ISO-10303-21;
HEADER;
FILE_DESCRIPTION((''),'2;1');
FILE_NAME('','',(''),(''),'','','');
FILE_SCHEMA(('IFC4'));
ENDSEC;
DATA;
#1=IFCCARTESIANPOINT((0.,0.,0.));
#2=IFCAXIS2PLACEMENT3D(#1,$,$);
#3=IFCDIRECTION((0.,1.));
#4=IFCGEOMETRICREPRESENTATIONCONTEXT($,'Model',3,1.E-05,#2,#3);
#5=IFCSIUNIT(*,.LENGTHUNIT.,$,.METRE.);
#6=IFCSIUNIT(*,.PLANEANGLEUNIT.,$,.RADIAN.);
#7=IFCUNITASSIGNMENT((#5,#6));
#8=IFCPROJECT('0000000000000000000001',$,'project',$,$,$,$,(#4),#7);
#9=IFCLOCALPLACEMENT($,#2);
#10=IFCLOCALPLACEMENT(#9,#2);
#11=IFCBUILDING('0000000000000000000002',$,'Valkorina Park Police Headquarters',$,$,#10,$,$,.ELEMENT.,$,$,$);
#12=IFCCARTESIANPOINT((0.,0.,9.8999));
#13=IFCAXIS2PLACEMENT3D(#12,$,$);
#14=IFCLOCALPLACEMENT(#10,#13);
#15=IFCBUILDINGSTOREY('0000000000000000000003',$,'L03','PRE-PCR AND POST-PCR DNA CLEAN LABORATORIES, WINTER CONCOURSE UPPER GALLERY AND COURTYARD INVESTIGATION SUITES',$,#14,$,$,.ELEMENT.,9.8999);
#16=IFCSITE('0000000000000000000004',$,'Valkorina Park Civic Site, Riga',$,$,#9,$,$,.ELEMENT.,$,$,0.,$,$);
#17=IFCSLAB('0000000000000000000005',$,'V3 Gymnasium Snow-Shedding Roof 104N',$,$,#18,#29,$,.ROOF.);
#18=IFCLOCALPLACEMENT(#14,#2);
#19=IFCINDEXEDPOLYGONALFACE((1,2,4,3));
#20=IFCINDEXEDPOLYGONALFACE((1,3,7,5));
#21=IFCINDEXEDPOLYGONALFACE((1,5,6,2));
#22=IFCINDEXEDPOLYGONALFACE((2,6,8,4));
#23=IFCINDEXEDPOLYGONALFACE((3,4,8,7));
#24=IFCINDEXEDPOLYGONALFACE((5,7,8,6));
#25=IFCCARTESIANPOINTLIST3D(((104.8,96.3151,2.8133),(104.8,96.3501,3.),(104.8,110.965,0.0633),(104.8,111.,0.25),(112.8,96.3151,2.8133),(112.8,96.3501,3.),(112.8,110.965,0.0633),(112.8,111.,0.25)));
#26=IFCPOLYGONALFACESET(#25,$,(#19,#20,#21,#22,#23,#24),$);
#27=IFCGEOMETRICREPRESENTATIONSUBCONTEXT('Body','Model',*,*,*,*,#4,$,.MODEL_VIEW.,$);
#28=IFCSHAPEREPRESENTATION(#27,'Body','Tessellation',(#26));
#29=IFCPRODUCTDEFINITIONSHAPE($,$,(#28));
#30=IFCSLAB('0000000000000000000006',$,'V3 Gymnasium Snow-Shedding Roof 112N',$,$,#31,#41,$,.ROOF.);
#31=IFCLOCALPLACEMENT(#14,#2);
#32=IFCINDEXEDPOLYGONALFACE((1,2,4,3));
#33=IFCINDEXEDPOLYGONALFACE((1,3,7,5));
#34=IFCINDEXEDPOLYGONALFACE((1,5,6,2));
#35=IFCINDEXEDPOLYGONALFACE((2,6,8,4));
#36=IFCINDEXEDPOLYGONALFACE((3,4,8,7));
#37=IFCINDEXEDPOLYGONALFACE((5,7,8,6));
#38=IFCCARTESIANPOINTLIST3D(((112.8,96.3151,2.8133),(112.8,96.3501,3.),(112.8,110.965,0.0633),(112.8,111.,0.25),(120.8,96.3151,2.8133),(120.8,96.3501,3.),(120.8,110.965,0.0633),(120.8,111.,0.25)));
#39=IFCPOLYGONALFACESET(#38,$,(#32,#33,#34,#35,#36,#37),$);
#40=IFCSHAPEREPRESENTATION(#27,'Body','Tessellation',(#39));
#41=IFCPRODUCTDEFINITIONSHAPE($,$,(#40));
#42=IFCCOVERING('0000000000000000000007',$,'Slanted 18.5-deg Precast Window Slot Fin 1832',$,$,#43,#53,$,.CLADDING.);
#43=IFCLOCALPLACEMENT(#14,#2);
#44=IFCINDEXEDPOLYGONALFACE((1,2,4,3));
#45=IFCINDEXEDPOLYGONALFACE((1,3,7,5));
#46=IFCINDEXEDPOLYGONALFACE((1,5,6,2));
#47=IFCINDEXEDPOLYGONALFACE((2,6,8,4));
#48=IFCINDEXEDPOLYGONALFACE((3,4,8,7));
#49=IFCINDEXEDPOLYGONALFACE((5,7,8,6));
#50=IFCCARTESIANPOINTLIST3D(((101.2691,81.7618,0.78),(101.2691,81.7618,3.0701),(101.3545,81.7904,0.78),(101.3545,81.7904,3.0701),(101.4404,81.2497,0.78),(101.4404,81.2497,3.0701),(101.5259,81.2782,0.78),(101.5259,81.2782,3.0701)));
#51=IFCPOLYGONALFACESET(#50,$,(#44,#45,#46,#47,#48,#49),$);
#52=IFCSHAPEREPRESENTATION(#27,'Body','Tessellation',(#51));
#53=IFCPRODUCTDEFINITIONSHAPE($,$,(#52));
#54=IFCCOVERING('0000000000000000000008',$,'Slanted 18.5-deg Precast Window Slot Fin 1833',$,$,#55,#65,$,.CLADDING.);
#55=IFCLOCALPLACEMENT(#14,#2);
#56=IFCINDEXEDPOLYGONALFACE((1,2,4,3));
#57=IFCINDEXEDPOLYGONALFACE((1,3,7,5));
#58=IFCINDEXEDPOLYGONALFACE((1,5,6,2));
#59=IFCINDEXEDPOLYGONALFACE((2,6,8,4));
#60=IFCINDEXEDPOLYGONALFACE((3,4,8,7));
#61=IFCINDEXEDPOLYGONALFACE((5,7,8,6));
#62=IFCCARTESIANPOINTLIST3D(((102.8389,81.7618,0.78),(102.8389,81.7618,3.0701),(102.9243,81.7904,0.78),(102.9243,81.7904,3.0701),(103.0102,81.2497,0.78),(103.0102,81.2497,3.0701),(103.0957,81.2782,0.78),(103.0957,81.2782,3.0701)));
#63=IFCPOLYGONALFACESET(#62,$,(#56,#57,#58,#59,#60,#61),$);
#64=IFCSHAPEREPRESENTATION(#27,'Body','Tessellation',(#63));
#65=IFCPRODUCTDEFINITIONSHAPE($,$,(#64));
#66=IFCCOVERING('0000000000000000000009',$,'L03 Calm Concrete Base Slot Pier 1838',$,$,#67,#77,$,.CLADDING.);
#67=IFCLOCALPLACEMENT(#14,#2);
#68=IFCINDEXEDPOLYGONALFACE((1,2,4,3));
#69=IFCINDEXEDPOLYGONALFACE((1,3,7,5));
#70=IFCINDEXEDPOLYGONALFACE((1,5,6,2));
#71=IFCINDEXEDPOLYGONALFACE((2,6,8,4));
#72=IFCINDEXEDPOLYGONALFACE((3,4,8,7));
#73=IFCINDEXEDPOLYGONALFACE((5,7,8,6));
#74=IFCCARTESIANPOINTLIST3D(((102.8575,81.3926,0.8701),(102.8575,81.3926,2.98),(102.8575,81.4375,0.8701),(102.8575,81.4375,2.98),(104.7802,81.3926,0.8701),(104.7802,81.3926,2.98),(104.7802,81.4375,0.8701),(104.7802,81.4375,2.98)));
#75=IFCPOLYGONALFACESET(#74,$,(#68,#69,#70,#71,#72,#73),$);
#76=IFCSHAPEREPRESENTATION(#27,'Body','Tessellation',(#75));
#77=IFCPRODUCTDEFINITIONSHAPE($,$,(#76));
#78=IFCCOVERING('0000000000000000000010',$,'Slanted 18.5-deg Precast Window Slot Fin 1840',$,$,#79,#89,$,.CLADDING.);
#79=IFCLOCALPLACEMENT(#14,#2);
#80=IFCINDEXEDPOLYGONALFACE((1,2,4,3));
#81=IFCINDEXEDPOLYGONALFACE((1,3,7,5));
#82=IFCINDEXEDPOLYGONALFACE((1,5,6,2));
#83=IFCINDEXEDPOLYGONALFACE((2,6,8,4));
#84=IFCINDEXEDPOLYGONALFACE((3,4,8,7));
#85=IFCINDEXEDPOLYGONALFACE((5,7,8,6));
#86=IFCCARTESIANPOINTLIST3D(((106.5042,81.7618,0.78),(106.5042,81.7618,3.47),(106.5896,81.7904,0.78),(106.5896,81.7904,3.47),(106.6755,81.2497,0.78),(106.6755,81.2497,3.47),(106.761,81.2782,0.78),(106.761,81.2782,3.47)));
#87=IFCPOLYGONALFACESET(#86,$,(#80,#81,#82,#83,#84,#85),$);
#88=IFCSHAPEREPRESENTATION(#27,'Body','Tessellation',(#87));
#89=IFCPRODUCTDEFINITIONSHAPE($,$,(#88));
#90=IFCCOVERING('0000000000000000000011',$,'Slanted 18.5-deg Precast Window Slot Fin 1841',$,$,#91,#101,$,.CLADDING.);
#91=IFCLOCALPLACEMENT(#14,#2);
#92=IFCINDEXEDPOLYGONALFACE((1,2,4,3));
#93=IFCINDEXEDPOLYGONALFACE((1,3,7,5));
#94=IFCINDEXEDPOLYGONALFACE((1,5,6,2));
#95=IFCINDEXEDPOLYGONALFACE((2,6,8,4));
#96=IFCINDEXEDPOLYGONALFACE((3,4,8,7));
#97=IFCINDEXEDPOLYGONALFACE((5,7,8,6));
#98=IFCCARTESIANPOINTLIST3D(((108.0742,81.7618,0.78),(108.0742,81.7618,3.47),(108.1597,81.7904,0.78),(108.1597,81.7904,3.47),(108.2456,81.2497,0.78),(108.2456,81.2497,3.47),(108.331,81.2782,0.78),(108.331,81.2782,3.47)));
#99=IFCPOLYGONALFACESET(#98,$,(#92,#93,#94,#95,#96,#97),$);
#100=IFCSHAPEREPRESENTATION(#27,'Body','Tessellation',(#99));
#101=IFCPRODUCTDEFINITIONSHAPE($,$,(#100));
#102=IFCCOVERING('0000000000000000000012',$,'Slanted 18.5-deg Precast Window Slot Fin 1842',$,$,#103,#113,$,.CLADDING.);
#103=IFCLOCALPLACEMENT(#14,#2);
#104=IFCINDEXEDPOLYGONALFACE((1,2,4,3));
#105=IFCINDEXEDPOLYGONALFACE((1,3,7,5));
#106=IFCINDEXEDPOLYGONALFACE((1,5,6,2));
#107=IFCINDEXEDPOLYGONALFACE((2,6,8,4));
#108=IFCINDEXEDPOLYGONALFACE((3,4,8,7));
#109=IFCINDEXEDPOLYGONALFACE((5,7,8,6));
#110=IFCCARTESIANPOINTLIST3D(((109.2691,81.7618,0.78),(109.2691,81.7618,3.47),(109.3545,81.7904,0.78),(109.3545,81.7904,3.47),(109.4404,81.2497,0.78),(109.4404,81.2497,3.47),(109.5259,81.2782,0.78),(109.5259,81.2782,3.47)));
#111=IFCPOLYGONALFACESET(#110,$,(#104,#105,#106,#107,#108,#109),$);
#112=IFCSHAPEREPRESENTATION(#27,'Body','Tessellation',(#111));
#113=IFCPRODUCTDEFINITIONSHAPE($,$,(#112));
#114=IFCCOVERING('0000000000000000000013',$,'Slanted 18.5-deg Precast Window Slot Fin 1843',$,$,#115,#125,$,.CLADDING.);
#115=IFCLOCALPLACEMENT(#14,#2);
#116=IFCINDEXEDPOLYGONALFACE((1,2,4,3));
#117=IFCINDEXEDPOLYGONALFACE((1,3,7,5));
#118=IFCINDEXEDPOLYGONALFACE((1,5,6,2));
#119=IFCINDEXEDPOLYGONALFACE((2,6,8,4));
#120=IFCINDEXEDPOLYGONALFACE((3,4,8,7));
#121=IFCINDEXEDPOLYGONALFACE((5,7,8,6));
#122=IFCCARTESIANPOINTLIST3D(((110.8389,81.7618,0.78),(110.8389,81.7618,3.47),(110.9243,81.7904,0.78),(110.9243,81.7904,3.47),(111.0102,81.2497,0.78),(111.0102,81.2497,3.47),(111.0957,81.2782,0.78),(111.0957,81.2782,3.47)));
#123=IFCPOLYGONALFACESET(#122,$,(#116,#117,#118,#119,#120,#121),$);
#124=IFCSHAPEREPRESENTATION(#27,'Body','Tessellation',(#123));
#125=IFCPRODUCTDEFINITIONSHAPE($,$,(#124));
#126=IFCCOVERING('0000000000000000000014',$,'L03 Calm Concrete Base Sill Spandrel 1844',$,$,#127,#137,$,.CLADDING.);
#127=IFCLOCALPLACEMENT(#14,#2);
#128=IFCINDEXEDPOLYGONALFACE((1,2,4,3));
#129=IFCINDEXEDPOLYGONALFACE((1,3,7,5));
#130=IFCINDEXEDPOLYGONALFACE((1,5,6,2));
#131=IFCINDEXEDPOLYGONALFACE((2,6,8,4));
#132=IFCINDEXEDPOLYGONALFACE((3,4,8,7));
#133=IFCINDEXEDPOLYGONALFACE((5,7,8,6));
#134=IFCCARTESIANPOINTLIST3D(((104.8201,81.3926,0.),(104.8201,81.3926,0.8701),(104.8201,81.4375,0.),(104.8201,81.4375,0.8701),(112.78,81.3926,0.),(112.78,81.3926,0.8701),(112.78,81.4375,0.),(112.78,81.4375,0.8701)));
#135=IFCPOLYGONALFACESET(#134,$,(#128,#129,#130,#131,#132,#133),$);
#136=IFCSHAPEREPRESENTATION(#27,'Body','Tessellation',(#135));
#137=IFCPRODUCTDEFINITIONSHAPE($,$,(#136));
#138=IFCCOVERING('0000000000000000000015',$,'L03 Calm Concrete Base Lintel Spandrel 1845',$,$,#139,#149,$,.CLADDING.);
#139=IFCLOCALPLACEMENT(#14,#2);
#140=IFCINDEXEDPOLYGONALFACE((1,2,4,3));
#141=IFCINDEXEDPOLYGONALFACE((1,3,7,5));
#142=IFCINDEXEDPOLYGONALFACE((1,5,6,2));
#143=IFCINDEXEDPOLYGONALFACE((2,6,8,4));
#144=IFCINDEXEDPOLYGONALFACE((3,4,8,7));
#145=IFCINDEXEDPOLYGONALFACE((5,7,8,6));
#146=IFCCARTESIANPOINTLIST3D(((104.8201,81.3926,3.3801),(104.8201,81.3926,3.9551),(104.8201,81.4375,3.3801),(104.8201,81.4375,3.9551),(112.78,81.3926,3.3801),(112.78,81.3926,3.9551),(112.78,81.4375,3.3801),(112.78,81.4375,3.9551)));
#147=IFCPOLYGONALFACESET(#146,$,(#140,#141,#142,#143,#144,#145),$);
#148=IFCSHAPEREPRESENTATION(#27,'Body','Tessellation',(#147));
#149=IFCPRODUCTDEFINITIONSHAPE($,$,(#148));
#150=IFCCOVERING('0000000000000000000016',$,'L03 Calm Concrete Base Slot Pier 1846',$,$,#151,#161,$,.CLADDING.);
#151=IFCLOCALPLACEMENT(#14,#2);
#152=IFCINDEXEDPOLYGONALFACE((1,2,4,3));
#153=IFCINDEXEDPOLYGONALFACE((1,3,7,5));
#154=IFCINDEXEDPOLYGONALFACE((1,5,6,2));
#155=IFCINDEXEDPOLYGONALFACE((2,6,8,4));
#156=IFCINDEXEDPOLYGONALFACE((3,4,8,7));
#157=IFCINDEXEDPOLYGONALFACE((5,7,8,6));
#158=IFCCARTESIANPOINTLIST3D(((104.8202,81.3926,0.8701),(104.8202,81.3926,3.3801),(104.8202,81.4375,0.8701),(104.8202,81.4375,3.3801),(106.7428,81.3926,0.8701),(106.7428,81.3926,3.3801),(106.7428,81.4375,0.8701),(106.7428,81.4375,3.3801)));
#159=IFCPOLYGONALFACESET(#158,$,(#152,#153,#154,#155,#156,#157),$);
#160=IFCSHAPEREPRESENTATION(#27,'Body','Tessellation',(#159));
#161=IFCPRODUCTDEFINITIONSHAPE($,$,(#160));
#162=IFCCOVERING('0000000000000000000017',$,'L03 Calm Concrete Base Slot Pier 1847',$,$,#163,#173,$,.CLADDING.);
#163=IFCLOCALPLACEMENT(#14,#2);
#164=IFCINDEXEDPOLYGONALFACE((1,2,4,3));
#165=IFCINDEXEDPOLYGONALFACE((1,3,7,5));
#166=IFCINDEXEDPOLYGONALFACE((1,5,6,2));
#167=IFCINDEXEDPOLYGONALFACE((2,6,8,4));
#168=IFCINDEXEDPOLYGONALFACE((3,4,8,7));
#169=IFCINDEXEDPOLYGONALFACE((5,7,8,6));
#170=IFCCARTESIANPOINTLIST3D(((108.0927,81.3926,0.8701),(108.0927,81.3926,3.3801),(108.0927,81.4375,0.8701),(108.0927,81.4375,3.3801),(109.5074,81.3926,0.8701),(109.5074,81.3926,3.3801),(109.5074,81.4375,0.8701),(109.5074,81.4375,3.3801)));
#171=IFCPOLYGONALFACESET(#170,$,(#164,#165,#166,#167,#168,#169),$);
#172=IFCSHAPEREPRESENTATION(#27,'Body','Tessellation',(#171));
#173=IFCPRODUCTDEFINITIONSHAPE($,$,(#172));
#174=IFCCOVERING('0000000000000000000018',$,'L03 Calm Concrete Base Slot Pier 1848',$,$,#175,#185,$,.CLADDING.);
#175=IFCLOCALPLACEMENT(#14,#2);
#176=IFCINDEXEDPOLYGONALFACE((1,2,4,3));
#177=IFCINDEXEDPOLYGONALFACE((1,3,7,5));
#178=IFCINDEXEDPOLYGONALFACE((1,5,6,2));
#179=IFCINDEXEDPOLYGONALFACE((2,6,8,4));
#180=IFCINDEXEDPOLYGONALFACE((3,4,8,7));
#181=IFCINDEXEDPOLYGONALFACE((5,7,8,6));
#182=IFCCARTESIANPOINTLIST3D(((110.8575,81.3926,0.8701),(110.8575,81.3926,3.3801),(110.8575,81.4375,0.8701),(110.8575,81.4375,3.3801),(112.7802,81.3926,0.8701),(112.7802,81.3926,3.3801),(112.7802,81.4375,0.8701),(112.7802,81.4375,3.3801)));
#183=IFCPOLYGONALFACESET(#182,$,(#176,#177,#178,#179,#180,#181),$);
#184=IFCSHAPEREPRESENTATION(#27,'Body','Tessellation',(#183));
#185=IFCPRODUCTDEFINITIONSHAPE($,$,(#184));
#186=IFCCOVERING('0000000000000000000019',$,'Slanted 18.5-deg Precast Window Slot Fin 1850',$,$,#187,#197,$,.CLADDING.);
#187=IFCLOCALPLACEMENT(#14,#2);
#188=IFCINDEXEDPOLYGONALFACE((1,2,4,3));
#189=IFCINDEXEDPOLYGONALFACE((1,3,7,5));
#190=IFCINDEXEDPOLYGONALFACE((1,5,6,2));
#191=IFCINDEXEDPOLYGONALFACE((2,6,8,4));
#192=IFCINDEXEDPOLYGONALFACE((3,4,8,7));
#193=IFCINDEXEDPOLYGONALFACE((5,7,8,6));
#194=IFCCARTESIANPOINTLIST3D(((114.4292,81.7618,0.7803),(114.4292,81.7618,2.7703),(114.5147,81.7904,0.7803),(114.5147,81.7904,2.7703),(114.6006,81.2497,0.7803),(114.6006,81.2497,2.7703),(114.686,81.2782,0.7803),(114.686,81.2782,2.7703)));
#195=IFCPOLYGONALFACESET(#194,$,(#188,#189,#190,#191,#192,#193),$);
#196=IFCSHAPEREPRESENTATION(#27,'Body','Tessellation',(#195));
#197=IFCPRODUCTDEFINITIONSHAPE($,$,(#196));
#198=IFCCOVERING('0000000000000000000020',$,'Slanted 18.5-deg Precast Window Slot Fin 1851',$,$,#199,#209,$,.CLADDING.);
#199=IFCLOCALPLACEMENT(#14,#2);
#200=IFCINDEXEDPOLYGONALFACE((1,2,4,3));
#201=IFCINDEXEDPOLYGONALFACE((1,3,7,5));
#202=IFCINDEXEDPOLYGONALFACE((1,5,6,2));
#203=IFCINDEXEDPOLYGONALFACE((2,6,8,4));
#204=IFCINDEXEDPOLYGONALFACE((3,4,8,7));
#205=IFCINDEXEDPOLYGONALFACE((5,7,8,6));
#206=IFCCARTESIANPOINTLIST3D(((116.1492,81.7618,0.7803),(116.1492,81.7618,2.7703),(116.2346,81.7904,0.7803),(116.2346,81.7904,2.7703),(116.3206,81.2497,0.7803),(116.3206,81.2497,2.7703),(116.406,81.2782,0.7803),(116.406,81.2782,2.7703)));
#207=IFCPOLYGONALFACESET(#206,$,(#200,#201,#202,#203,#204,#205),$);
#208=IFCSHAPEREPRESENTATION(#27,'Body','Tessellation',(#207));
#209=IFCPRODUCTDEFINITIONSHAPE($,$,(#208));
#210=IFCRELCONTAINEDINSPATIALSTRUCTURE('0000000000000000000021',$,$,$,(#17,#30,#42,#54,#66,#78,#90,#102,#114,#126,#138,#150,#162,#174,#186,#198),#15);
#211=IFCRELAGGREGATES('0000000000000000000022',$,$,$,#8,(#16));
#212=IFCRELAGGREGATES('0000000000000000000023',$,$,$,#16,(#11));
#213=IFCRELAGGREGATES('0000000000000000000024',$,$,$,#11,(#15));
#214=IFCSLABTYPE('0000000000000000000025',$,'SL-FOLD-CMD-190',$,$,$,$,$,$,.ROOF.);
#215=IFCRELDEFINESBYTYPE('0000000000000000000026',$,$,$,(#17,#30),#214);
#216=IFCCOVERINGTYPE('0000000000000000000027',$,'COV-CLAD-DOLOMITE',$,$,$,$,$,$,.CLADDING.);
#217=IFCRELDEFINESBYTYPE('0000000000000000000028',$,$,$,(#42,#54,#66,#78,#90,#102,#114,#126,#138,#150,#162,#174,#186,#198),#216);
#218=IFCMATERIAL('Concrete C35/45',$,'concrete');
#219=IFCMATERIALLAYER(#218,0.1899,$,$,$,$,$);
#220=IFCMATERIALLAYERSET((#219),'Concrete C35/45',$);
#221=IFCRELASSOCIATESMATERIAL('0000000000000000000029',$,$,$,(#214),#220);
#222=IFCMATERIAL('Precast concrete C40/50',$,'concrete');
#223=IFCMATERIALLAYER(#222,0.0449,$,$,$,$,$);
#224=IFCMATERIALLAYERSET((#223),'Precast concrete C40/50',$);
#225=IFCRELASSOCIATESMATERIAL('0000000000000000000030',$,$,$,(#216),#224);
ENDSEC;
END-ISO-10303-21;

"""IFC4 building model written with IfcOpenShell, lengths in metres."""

from ifc_helpers import new_model, si_unit, direction, frame, frame_2d, origin, origin_2d, place, context, subcontext, project, spatial, polyline, rectangle, outline, extrude, material, layer, layer_set, type_object, element, save


model = new_model("IFC4")

# Units and contexts
model_context = context("Model", 3, precision=1e-05, world=origin(), true_north=direction((0.0, 1.0)))
body_context = subcontext(model_context, "Body", "Model", "MODEL_VIEW")
ifc_project = project(units=[si_unit("LENGTHUNIT", "METRE"), si_unit("PLANEANGLEUNIT", "RADIAN")], contexts=[model_context])

# Site, building, storey
site_placement = place(None, origin())
site = spatial("IfcSite", under=ifc_project, at=site_placement, Name="Valkorina Park Civic Site, Riga", CompositionType="ELEMENT", RefElevation=0.0)
building_placement = place(site_placement, origin())
building = spatial("IfcBuilding", under=site, at=building_placement, Name="Valkorina Park Police Headquarters", CompositionType="ELEMENT")
storey_placement = place(building_placement, frame((0.0, 0.0, 9.8999)))
storey = spatial("IfcBuildingStorey", under=building, at=storey_placement, Name="L03", Description="PRE-PCR AND POST-PCR DNA CLEAN LABORATORIES, WINTER CONCOURSE UPPER GALLERY AND COURTYARD INVESTIGATION SUITES", CompositionType="ELEMENT", Elevation=9.8999)

# Slabs
ifc_material_1 = material(Name="Concrete C35/45", Category="concrete")
ifc_layer_1 = layer(ifc_material_1, 0.1899)
ifc_layer_set_1 = layer_set([ifc_layer_1], Name="Concrete C35/45")
slab_type = type_object("IfcSlabType", Name="SL-FOLD-CMD-190", PredefinedType="ROOF", material=ifc_layer_set_1)
for number, where, z_axis, x_axis, name in (
    (1, (104.8, 96.3501, 3.0), (0.0, 0.184492, 0.982834), (1.0, 0.0, 0.0), "V3 Gymnasium Snow-Shedding Roof 104N"),
    (2, (112.8, 96.3501, 3.0), (0.0, 0.184492, 0.982834), (1.0, 0.0, 0.0), "V3 Gymnasium Snow-Shedding Roof 112N"),
):
    element("IfcSlab", number, at=place(storey_placement, frame(where, z_axis=z_axis, x_axis=x_axis)), inside=storey, type_object=slab_type, Name=name, PredefinedType="ROOF", context=body_context, shape_type="SweptSolid", body=[
        extrude(outline(polyline([(0.0, 0.0), (8.0, 0.0), (8.0, 14.9058), (0.0, 14.9058), (0.0, 0.0)])), origin(), (0.0, 0.0, -1.0), 0.1899),
    ])

# Coverings
ifc_material_2 = material(Name="Precast concrete C40/50", Category="concrete")
ifc_layer_2 = layer(ifc_material_2, 0.0449)
ifc_layer_set_2 = layer_set([ifc_layer_2], Name="Precast concrete C40/50")
covering_type = type_object("IfcCoveringType", Name="COV-CLAD-DOLOMITE", PredefinedType="CLADDING", material=ifc_layer_set_2)
for number, where, z_axis, x_axis, name in (
    (3, (101.3975, 81.52, 0.78), (0.0, 0.0, 1.0), (-0.317305, 0.948324, 0.0), "Slanted 18.5-deg Precast Window Slot Fin 1832"),
    (4, (102.9673, 81.52, 0.78), (0.0, 0.0, 1.0), (-0.317305, 0.948324, 0.0), "Slanted 18.5-deg Precast Window Slot Fin 1833"),
):
    element("IfcCovering", number, at=place(storey_placement, frame(where, z_axis=z_axis, x_axis=x_axis)), inside=storey, type_object=covering_type, Name=name, PredefinedType="CLADDING", context=body_context, shape_type="SweptSolid", body=[
        extrude(rectangle(XDim=0.54, YDim=0.0901, at=origin_2d()), origin(), (0.0, 0.0, 1.0), 2.29),
    ])
covering_1_placement = place(storey_placement, frame((102.8574, 81.415, 0.8701), z_axis=(0.0, 0.0, 1.0), x_axis=(1.0, 0.0, 0.0)))
element("IfcCovering", 5, at=covering_1_placement, inside=storey, type_object=covering_type, Name="L03 Calm Concrete Base Slot Pier 1838", PredefinedType="CLADDING", context=body_context, shape_type="SweptSolid", body=[
    extrude(rectangle(XDim=1.9226, YDim=0.0449, at=frame_2d((0.9614, 0.0))), origin(), (0.0, 0.0, 1.0), 2.1099),
])
for number, where, z_axis, x_axis, name in (
    (6, (106.6326, 81.52, 0.78), (0.0, 0.0, 1.0), (-0.317305, 0.948324, 0.0), "Slanted 18.5-deg Precast Window Slot Fin 1840"),
    (7, (108.2026, 81.52, 0.78), (0.0, 0.0, 1.0), (-0.317305, 0.948324, 0.0), "Slanted 18.5-deg Precast Window Slot Fin 1841"),
    (8, (109.3975, 81.52, 0.78), (0.0, 0.0, 1.0), (-0.317305, 0.948324, 0.0), "Slanted 18.5-deg Precast Window Slot Fin 1842"),
    (9, (110.9673, 81.52, 0.78), (0.0, 0.0, 1.0), (-0.317305, 0.948324, 0.0), "Slanted 18.5-deg Precast Window Slot Fin 1843"),
):
    element("IfcCovering", number, at=place(storey_placement, frame(where, z_axis=z_axis, x_axis=x_axis)), inside=storey, type_object=covering_type, Name=name, PredefinedType="CLADDING", context=body_context, shape_type="SweptSolid", body=[
        extrude(rectangle(XDim=0.54, YDim=0.0901, at=origin_2d()), origin(), (0.0, 0.0, 1.0), 2.6899),
    ])
covering_2_placement = place(storey_placement, frame((104.8201, 81.415, 0.0), z_axis=(0.0, 0.0, 1.0), x_axis=(1.0, 0.0, 0.0)))
element("IfcCovering", 10, at=covering_2_placement, inside=storey, type_object=covering_type, Name="L03 Calm Concrete Base Sill Spandrel 1844", PredefinedType="CLADDING", context=body_context, shape_type="SweptSolid", body=[
    extrude(rectangle(XDim=7.96, YDim=0.0449, at=frame_2d((3.98, 0.0))), origin(), (0.0, 0.0, 1.0), 0.8701),
])
covering_3_placement = place(storey_placement, frame((104.8201, 81.415, 3.3801), z_axis=(0.0, 0.0, 1.0), x_axis=(1.0, 0.0, 0.0)))
element("IfcCovering", 11, at=covering_3_placement, inside=storey, type_object=covering_type, Name="L03 Calm Concrete Base Lintel Spandrel 1845", PredefinedType="CLADDING", context=body_context, shape_type="SweptSolid", body=[
    extrude(rectangle(XDim=7.96, YDim=0.0449, at=frame_2d((3.98, 0.0))), origin(), (0.0, 0.0, 1.0), 0.575),
])
covering_4_placement = place(storey_placement, frame((104.8201, 81.415, 0.8701), z_axis=(0.0, 0.0, 1.0), x_axis=(1.0, 0.0, 0.0)))
element("IfcCovering", 12, at=covering_4_placement, inside=storey, type_object=covering_type, Name="L03 Calm Concrete Base Slot Pier 1846", PredefinedType="CLADDING", context=body_context, shape_type="SweptSolid", body=[
    extrude(rectangle(XDim=1.9226, YDim=0.0449, at=frame_2d((0.9614, 0.0))), origin(), (0.0, 0.0, 1.0), 2.51),
])
covering_5_placement = place(storey_placement, frame((108.0925, 81.415, 0.8701), z_axis=(0.0, 0.0, 1.0), x_axis=(1.0, 0.0, 0.0)))
element("IfcCovering", 13, at=covering_5_placement, inside=storey, type_object=covering_type, Name="L03 Calm Concrete Base Slot Pier 1847", PredefinedType="CLADDING", context=body_context, shape_type="SweptSolid", body=[
    extrude(rectangle(XDim=1.4148, YDim=0.0449, at=frame_2d((0.7075, 0.0))), origin(), (0.0, 0.0, 1.0), 2.51),
])
covering_6_placement = place(storey_placement, frame((110.8574, 81.415, 0.8701), z_axis=(0.0, 0.0, 1.0), x_axis=(1.0, 0.0, 0.0)))
element("IfcCovering", 14, at=covering_6_placement, inside=storey, type_object=covering_type, Name="L03 Calm Concrete Base Slot Pier 1848", PredefinedType="CLADDING", context=body_context, shape_type="SweptSolid", body=[
    extrude(rectangle(XDim=1.9226, YDim=0.0449, at=frame_2d((0.9614, 0.0))), origin(), (0.0, 0.0, 1.0), 2.51),
])
for number, where, z_axis, x_axis, name in (
    (15, (114.5576, 81.52, 0.7803), (0.0, 0.0, 1.0), (-0.317305, 0.948324, 0.0), "Slanted 18.5-deg Precast Window Slot Fin 1850"),
    (16, (116.2776, 81.52, 0.7803), (0.0, 0.0, 1.0), (-0.317305, 0.948324, 0.0), "Slanted 18.5-deg Precast Window Slot Fin 1851"),
):
    element("IfcCovering", number, at=place(storey_placement, frame(where, z_axis=z_axis, x_axis=x_axis)), inside=storey, type_object=covering_type, Name=name, PredefinedType="CLADDING", context=body_context, shape_type="SweptSolid", body=[
        extrude(rectangle(XDim=0.54, YDim=0.0901, at=origin_2d()), origin(), (0.0, 0.0, 1.0), 1.99),
    ])

save(model, "model.ifc")
